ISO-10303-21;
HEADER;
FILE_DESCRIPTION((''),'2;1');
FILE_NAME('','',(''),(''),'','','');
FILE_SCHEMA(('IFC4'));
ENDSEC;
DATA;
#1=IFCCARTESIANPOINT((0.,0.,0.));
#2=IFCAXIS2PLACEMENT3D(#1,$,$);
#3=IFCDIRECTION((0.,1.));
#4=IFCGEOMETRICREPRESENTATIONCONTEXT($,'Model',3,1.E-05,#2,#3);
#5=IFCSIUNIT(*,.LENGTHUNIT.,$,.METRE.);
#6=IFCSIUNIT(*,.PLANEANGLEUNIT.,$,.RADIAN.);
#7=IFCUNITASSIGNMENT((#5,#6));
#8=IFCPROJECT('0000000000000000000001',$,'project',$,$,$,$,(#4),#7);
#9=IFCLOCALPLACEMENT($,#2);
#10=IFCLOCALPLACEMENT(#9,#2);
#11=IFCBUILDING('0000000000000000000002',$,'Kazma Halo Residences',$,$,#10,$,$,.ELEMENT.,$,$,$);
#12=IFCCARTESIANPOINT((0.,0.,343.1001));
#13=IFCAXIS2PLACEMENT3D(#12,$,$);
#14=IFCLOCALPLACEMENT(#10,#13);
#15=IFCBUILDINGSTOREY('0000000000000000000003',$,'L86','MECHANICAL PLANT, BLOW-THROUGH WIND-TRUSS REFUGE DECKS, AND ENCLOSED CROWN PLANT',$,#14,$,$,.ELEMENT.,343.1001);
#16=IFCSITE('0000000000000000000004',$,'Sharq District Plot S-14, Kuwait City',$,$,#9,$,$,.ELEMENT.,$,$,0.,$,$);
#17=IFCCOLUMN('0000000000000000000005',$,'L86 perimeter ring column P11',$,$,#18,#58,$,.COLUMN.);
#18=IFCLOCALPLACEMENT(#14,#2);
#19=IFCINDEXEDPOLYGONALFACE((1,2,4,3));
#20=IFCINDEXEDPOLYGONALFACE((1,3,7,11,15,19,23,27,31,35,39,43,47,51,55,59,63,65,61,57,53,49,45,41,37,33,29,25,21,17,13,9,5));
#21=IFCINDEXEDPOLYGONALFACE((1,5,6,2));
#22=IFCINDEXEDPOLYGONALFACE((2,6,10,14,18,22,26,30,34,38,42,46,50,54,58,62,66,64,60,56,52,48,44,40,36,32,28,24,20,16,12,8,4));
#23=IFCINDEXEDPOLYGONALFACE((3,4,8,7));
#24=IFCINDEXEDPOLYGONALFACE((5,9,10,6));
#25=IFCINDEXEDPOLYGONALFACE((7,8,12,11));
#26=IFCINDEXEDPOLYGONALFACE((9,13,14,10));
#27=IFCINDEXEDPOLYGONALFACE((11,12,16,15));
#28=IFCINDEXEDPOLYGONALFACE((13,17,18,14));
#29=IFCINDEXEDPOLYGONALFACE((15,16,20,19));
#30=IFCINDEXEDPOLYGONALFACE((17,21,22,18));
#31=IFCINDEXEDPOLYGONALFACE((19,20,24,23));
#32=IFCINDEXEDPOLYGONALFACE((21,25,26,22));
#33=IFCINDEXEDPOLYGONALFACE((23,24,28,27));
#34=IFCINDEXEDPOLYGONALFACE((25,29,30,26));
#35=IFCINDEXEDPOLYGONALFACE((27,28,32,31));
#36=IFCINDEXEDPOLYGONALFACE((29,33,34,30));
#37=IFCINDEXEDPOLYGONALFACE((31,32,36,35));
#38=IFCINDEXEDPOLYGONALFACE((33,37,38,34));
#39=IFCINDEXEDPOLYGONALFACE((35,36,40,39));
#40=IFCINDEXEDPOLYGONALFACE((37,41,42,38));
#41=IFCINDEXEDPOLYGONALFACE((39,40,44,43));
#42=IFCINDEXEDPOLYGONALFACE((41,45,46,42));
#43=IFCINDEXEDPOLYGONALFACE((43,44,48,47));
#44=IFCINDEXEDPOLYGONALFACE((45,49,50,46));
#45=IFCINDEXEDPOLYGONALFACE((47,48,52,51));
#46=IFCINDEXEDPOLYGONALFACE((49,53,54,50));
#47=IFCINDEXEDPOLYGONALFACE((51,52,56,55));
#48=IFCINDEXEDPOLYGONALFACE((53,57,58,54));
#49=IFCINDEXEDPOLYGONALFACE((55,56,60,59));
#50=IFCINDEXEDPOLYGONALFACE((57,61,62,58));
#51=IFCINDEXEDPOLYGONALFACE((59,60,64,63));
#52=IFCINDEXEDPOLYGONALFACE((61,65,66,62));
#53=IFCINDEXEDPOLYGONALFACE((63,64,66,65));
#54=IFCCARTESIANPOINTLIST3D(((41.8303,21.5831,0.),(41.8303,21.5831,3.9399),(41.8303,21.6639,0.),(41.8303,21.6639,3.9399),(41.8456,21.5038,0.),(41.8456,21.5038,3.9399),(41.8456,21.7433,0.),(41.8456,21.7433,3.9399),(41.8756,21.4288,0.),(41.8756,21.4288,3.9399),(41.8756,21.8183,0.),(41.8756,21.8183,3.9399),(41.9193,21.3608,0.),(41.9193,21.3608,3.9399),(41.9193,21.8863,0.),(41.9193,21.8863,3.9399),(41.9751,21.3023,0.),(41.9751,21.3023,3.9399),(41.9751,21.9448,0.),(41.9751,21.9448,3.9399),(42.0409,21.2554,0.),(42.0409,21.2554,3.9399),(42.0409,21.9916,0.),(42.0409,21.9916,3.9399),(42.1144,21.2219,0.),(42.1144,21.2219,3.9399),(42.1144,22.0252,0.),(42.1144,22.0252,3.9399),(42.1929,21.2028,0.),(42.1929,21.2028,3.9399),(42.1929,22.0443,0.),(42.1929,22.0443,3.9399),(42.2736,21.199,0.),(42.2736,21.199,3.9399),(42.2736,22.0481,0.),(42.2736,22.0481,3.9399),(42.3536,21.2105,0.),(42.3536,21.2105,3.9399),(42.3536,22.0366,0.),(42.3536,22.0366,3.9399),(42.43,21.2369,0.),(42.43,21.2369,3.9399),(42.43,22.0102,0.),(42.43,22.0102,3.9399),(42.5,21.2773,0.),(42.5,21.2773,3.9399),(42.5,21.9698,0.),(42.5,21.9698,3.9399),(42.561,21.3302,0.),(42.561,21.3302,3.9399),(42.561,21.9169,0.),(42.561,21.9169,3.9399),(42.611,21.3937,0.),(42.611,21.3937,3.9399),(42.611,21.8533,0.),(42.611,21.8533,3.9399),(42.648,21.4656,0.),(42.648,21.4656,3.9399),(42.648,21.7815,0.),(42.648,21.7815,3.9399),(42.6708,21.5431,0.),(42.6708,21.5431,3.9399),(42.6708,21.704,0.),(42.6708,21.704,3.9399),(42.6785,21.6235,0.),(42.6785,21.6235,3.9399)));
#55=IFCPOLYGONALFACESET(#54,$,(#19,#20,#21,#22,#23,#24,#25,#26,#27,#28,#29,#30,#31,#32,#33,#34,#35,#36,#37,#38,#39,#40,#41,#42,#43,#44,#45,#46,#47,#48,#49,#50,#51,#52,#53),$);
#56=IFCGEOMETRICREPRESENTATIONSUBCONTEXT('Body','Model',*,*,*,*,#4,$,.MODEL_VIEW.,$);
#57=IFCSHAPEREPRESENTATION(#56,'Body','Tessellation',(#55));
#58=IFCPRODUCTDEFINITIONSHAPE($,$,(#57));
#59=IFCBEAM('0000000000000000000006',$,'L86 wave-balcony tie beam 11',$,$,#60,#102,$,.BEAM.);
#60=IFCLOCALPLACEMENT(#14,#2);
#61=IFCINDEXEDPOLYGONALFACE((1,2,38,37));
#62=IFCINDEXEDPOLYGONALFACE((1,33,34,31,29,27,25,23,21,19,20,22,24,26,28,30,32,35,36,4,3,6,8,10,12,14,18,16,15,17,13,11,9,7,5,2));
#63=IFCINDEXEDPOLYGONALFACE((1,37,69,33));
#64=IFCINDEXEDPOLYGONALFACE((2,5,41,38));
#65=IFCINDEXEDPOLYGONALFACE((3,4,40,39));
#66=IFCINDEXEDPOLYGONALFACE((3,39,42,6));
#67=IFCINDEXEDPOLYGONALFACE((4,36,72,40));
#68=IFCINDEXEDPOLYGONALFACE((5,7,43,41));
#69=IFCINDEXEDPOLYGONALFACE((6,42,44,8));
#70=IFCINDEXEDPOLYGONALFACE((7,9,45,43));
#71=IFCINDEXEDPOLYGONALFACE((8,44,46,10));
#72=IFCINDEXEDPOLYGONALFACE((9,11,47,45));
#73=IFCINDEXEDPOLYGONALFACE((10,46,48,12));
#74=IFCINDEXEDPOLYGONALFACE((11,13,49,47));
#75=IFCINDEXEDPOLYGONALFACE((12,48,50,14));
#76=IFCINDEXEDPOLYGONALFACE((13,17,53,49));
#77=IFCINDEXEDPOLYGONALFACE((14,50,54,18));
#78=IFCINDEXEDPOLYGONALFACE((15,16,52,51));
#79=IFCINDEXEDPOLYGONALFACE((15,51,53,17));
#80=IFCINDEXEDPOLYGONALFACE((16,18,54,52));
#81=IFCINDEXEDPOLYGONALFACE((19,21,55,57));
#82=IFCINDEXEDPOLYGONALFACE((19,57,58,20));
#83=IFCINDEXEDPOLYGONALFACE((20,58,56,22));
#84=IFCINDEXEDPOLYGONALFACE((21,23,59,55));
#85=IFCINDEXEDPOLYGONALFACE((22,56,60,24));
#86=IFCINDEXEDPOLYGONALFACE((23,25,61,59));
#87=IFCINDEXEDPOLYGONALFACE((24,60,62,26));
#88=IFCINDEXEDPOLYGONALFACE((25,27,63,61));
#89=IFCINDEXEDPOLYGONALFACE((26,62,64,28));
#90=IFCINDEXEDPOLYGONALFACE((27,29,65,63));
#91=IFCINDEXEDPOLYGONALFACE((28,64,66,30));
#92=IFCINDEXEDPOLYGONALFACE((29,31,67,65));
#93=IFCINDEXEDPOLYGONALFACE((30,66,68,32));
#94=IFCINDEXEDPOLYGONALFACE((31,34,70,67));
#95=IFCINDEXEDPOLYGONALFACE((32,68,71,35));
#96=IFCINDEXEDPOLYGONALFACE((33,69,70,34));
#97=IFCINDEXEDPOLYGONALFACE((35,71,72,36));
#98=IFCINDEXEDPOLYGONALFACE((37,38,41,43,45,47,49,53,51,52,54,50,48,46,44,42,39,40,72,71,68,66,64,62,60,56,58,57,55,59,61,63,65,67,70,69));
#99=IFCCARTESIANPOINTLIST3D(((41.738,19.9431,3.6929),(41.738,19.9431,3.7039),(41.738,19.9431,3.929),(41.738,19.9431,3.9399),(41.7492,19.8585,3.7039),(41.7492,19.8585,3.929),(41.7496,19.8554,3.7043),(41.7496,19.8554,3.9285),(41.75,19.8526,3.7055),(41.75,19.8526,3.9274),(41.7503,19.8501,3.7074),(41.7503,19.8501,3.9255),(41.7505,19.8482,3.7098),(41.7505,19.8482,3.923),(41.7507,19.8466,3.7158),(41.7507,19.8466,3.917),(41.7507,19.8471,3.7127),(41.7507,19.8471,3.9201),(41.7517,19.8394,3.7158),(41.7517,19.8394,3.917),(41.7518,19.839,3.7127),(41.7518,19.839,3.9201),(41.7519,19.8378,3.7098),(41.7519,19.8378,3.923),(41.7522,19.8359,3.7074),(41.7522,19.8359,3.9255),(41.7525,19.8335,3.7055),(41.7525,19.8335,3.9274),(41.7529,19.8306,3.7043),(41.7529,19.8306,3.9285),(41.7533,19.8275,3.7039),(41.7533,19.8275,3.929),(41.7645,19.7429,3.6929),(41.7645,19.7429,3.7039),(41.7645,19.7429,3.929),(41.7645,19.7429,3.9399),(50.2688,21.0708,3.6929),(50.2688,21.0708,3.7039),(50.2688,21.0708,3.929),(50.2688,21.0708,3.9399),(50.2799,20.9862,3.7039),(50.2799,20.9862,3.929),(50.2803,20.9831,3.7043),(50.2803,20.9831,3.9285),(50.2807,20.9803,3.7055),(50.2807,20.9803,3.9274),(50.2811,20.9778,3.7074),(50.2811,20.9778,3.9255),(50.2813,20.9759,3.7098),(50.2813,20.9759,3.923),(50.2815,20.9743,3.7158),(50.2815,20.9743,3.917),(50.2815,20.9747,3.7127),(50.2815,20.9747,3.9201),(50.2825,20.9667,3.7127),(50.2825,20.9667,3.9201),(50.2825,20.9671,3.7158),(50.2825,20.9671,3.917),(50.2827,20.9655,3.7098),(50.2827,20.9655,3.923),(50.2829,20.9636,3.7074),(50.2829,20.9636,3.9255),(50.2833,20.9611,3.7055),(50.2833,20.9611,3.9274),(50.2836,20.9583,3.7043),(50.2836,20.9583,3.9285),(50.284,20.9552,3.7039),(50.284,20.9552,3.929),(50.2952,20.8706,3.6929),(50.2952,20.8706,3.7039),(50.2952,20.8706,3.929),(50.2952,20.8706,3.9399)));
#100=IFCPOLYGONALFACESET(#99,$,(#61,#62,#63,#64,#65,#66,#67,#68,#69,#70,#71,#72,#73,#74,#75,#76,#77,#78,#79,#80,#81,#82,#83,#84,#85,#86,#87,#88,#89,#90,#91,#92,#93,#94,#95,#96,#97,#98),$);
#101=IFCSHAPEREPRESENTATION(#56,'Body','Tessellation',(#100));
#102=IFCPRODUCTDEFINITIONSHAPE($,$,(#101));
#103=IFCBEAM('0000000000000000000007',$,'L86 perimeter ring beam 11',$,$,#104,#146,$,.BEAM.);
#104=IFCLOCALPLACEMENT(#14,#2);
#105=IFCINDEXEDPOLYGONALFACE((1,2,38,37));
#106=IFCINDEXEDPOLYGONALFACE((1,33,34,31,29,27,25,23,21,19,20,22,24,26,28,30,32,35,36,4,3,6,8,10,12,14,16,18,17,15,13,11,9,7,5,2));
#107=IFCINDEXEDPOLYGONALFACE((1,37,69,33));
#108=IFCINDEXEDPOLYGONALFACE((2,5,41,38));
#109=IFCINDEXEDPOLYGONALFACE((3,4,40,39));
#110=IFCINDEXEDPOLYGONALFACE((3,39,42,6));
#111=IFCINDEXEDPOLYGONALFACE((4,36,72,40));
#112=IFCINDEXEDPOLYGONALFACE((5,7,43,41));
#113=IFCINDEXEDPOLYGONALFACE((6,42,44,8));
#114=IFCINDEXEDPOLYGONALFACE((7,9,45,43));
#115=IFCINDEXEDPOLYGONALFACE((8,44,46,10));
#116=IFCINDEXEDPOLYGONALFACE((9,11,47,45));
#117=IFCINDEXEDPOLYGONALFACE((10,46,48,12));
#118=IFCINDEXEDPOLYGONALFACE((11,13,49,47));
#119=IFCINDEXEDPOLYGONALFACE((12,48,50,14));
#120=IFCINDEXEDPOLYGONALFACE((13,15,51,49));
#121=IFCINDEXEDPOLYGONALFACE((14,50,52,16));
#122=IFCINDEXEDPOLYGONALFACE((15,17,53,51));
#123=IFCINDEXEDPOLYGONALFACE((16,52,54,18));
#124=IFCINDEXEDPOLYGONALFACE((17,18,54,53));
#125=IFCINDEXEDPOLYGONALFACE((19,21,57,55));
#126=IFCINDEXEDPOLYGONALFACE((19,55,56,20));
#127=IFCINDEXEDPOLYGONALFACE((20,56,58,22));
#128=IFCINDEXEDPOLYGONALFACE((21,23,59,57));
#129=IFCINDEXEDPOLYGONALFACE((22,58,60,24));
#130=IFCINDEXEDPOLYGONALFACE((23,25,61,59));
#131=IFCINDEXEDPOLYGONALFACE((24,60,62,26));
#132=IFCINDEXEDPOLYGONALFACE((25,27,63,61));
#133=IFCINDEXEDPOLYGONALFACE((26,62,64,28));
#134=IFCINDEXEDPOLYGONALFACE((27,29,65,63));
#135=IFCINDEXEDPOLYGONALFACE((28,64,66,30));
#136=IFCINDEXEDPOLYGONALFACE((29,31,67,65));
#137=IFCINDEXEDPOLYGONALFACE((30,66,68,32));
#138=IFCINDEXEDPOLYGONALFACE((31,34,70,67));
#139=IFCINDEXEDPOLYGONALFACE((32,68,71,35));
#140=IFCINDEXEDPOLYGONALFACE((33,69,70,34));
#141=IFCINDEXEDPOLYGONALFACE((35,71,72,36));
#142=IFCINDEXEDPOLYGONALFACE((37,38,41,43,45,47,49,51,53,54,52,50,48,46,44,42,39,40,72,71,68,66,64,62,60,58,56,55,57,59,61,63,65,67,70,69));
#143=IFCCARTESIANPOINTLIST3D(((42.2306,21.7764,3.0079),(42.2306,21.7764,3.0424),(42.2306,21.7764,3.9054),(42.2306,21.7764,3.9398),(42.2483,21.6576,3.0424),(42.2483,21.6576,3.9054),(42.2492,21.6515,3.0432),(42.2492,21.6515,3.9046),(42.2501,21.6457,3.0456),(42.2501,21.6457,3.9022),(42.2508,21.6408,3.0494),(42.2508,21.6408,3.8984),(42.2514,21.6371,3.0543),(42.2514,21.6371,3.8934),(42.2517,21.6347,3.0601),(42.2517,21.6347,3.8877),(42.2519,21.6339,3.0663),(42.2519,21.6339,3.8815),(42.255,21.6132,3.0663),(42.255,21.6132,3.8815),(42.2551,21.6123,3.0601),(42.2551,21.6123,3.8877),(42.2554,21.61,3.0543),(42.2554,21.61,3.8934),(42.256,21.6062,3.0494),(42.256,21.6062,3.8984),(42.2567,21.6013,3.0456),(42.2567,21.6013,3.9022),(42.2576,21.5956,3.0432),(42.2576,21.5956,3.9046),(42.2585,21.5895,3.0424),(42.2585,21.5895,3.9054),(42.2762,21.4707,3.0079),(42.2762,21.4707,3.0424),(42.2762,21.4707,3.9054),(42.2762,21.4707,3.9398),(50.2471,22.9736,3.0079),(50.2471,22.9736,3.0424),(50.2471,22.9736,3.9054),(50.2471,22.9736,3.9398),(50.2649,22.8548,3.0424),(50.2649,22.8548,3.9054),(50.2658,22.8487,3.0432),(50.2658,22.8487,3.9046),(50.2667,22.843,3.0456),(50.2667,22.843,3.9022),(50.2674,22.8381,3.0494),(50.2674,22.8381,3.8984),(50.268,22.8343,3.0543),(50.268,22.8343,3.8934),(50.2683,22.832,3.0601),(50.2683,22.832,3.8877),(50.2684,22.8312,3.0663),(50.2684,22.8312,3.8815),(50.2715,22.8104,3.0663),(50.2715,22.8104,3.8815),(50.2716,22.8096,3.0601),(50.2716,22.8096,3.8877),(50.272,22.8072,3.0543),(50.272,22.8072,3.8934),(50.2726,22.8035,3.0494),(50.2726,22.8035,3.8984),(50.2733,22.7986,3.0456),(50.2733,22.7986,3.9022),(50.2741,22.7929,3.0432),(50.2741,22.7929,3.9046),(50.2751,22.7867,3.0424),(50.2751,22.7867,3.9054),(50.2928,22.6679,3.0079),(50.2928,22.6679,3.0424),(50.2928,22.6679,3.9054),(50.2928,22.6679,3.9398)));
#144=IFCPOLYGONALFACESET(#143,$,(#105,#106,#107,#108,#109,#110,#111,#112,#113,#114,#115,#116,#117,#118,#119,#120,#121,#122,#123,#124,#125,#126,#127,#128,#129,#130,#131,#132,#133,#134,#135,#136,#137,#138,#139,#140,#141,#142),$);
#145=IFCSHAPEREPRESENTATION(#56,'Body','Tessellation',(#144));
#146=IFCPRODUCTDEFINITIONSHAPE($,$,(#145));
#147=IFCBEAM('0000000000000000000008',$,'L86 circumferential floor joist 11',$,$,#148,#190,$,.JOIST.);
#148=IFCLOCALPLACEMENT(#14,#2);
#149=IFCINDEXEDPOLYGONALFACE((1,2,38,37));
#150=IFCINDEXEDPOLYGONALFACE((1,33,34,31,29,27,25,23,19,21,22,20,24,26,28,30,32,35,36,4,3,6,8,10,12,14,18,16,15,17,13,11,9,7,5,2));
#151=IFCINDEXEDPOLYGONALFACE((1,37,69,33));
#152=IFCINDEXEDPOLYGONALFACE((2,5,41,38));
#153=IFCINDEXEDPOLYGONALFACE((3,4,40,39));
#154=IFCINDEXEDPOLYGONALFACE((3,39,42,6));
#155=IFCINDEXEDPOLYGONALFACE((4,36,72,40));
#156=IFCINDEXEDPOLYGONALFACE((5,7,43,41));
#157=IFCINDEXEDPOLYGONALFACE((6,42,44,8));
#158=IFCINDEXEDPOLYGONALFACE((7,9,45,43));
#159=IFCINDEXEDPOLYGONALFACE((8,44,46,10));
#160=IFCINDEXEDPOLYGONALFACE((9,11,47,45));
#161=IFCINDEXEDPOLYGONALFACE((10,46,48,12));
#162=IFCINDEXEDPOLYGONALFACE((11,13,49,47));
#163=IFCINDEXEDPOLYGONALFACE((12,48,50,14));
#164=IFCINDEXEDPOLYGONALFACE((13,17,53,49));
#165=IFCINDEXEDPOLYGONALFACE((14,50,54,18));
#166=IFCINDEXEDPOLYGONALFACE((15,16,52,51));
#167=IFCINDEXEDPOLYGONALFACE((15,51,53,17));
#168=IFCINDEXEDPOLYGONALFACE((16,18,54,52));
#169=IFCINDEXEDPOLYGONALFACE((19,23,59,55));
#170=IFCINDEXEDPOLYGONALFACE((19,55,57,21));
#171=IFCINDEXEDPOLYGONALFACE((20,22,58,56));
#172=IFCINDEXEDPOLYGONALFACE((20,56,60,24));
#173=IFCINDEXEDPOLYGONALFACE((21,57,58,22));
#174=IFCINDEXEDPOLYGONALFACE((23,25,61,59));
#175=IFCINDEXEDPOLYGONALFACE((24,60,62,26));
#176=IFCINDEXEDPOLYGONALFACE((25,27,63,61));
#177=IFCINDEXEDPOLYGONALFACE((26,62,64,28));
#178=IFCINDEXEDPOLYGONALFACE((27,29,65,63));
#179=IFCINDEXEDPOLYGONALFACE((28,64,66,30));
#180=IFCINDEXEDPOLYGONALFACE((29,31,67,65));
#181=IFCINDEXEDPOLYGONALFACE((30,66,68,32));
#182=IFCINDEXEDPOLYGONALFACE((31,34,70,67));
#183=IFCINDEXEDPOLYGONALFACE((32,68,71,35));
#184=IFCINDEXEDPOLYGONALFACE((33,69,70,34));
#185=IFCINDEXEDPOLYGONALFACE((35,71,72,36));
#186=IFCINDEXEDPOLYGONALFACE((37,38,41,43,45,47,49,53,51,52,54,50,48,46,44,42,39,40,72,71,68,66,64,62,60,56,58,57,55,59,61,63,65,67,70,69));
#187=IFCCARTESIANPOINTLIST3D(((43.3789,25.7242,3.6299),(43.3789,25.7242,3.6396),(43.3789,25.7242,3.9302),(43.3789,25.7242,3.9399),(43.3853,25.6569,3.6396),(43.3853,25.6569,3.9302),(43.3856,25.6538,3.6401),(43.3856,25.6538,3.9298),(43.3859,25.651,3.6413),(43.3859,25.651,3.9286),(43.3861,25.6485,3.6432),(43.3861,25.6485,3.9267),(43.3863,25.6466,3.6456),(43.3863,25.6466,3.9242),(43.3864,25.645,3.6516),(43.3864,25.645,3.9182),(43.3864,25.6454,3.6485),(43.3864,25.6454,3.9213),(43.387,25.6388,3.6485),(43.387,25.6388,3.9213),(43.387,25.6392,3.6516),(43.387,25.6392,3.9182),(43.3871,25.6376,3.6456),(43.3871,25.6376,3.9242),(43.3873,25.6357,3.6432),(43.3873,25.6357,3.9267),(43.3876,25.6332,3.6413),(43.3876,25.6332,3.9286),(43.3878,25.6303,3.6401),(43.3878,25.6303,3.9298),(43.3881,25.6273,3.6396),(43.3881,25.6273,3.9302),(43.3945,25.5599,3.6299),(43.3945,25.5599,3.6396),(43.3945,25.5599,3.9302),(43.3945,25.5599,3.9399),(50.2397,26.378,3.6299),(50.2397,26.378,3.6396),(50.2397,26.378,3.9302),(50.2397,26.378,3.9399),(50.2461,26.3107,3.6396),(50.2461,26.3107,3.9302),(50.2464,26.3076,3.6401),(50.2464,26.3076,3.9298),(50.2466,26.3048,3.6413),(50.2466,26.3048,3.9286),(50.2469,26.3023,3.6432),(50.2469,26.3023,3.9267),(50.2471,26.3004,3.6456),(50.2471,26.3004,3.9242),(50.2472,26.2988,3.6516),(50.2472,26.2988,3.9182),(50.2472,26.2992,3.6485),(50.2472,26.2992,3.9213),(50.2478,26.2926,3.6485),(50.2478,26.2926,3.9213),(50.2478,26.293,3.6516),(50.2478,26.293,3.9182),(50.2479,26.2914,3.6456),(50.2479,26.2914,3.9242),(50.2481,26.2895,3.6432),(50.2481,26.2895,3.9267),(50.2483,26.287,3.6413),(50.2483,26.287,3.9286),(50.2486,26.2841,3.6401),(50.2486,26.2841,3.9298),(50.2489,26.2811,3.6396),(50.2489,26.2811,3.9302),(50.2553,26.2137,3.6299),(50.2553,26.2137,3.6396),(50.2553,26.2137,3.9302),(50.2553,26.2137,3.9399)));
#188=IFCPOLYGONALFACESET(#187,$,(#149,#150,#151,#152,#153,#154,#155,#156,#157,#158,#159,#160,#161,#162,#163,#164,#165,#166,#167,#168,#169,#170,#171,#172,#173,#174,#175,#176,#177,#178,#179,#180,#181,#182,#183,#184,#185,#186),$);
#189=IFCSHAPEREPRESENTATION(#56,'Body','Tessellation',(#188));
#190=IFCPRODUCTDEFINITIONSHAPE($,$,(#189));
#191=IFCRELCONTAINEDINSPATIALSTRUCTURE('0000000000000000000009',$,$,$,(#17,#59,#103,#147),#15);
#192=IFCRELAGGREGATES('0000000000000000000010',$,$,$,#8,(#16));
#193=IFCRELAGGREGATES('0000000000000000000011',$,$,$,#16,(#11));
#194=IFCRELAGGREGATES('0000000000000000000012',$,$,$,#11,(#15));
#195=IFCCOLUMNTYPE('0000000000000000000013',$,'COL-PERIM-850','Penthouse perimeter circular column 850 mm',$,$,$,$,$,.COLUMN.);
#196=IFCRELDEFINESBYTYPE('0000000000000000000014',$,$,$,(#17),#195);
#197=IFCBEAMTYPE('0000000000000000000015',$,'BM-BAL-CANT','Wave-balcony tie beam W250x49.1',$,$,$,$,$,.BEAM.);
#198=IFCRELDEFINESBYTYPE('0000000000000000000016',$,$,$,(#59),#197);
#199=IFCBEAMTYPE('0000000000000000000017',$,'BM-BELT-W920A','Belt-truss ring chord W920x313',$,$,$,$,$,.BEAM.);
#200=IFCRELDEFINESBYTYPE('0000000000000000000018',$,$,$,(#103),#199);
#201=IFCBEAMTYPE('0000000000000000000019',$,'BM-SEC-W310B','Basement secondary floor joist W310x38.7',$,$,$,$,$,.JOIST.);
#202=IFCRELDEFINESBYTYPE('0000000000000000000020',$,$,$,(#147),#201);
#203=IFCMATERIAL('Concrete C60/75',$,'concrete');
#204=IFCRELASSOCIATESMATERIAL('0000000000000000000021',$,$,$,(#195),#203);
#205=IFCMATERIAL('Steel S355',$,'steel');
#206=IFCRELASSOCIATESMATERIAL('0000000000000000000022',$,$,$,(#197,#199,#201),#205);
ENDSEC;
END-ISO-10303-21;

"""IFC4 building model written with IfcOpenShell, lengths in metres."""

from ifc_helpers import new_model, si_unit, direction, frame, origin, origin_2d, place, context, subcontext, project, spatial, circle, i_section, extrude, material, material_profile, profile_set, type_object, element, save


model = new_model("IFC4")

# Units and contexts
model_context = context("Model", 3, precision=1e-05, world=origin(), true_north=direction((0.0, 1.0)))
body_context = subcontext(model_context, "Body", "Model", "MODEL_VIEW")
ifc_project = project(units=[si_unit("LENGTHUNIT", "METRE"), si_unit("PLANEANGLEUNIT", "RADIAN")], contexts=[model_context])

# Site, building, storey
site_placement = place(None, origin())
site = spatial("IfcSite", under=ifc_project, at=site_placement, Name="Sharq District Plot S-14, Kuwait City", CompositionType="ELEMENT", RefElevation=0.0)
building_placement = place(site_placement, origin())
building = spatial("IfcBuilding", under=site, at=building_placement, Name="Kazma Halo Residences", CompositionType="ELEMENT")
storey_placement = place(building_placement, frame((0.0, 0.0, 343.1001)))
storey = spatial("IfcBuildingStorey", under=building, at=storey_placement, Name="L86", Description="MECHANICAL PLANT, BLOW-THROUGH WIND-TRUSS REFUGE DECKS, AND ENCLOSED CROWN PLANT", CompositionType="ELEMENT", Elevation=343.1001)

# Column
ifc_material_1 = material(Name="Concrete C60/75", Category="concrete")
ifc_material_profile_1 = material_profile(ifc_material_1, circle(Radius=0.425, at=origin_2d()), Name="CIRC850")
ifc_profile_set_1 = profile_set([ifc_material_profile_1], Name="Concrete C60/75")
column_type = type_object("IfcColumnType", Name="COL-PERIM-850", Description="Penthouse perimeter circular column 850 mm", PredefinedType="COLUMN", material=ifc_profile_set_1)
column_placement = place(storey_placement, frame((42.2534, 21.6235, 0.0), z_axis=(0.0, 0.0, 1.0), x_axis=(1.0, 0.0, 0.0)))
element("IfcColumn", 1, at=column_placement, inside=storey, type_object=column_type, Name="L86 perimeter ring column P11", PredefinedType="COLUMN", context=body_context, shape_type="SweptSolid", body=[
    extrude(circle(Radius=0.425, at=origin_2d()), origin(), (0.0, 0.0, 1.0), 3.9399),
])

# Beams
ifc_material_2 = material(Name="Steel S355", Category="steel")
ifc_material_profile_2 = material_profile(ifc_material_2, i_section(OverallWidth=0.2019, OverallDepth=0.2471, WebThickness=0.0073, FlangeThickness=0.011, FilletRadius=0.012, at=origin_2d()), Name="W250x49.1")
ifc_profile_set_2 = profile_set([ifc_material_profile_2], Name="Steel S355")
beam_type_1 = type_object("IfcBeamType", Name="BM-BAL-CANT", Description="Wave-balcony tie beam W250x49.1", PredefinedType="BEAM", material=ifc_profile_set_2)
beam_1_placement = place(storey_placement, frame((41.7512, 19.843, 3.8164), z_axis=(0.991376, 0.13105, 0.0), x_axis=(-0.13105, 0.991376, 0.0)))
element("IfcBeam", 2, at=beam_1_placement, inside=storey, type_object=beam_type_1, Name="L86 wave-balcony tie beam 11", PredefinedType="BEAM", context=body_context, shape_type="SweptSolid", body=[
    extrude(i_section(OverallWidth=0.2019, OverallDepth=0.2471, WebThickness=0.0073, FlangeThickness=0.011, FilletRadius=0.012, at=origin_2d()), origin(), (0.0, 0.0, 1.0), 8.605),
])
ifc_material_profile_3 = material_profile(ifc_material_2, i_section(OverallWidth=0.3091, OverallDepth=0.9319, WebThickness=0.021, FlangeThickness=0.0344, FilletRadius=0.0239, at=origin_2d()), Name="W920x313")
ifc_profile_set_3 = profile_set([ifc_material_profile_3], Name="Steel S355")
beam_type_2 = type_object("IfcBeamType", Name="BM-BELT-W920A", Description="Belt-truss ring chord W920x313", PredefinedType="BEAM", material=ifc_profile_set_3)
beam_2_placement = place(storey_placement, frame((42.2534, 21.6235, 3.4739), z_axis=(0.989031, 0.14771, 0.0), x_axis=(-0.14771, 0.989031, 0.0)))
element("IfcBeam", 3, at=beam_2_placement, inside=storey, type_object=beam_type_2, Name="L86 perimeter ring beam 11", PredefinedType="BEAM", context=body_context, shape_type="SweptSolid", body=[
    extrude(i_section(OverallWidth=0.3091, OverallDepth=0.9319, WebThickness=0.021, FlangeThickness=0.0344, FilletRadius=0.0239, at=origin_2d()), origin(), (0.0, 0.0, 1.0), 8.1055),
])
ifc_material_profile_4 = material_profile(ifc_material_2, i_section(OverallWidth=0.165, OverallDepth=0.3101, WebThickness=0.0059, FlangeThickness=0.0098, FilletRadius=0.012, at=origin_2d()), Name="W310x38.7")
ifc_profile_set_4 = profile_set([ifc_material_profile_4], Name="Steel S355")
beam_type_3 = type_object("IfcBeamType", Name="BM-SEC-W310B", Description="Basement secondary floor joist W310x38.7", PredefinedType="JOIST", material=ifc_profile_set_4)
beam_3_placement = place(storey_placement, frame((43.3867, 25.6421, 3.7849), z_axis=(0.99549, 0.094866, 0.0), x_axis=(-0.094866, 0.99549, 0.0)))
element("IfcBeam", 4, at=beam_3_placement, inside=storey, type_object=beam_type_3, Name="L86 circumferential floor joist 11", PredefinedType="JOIST", context=body_context, shape_type="SweptSolid", body=[
    extrude(i_section(OverallWidth=0.165, OverallDepth=0.3101, WebThickness=0.0059, FlangeThickness=0.0098, FilletRadius=0.012, at=origin_2d()), origin(), (0.0, 0.0, 1.0), 6.8918),
])

save(model, "model.ifc")
